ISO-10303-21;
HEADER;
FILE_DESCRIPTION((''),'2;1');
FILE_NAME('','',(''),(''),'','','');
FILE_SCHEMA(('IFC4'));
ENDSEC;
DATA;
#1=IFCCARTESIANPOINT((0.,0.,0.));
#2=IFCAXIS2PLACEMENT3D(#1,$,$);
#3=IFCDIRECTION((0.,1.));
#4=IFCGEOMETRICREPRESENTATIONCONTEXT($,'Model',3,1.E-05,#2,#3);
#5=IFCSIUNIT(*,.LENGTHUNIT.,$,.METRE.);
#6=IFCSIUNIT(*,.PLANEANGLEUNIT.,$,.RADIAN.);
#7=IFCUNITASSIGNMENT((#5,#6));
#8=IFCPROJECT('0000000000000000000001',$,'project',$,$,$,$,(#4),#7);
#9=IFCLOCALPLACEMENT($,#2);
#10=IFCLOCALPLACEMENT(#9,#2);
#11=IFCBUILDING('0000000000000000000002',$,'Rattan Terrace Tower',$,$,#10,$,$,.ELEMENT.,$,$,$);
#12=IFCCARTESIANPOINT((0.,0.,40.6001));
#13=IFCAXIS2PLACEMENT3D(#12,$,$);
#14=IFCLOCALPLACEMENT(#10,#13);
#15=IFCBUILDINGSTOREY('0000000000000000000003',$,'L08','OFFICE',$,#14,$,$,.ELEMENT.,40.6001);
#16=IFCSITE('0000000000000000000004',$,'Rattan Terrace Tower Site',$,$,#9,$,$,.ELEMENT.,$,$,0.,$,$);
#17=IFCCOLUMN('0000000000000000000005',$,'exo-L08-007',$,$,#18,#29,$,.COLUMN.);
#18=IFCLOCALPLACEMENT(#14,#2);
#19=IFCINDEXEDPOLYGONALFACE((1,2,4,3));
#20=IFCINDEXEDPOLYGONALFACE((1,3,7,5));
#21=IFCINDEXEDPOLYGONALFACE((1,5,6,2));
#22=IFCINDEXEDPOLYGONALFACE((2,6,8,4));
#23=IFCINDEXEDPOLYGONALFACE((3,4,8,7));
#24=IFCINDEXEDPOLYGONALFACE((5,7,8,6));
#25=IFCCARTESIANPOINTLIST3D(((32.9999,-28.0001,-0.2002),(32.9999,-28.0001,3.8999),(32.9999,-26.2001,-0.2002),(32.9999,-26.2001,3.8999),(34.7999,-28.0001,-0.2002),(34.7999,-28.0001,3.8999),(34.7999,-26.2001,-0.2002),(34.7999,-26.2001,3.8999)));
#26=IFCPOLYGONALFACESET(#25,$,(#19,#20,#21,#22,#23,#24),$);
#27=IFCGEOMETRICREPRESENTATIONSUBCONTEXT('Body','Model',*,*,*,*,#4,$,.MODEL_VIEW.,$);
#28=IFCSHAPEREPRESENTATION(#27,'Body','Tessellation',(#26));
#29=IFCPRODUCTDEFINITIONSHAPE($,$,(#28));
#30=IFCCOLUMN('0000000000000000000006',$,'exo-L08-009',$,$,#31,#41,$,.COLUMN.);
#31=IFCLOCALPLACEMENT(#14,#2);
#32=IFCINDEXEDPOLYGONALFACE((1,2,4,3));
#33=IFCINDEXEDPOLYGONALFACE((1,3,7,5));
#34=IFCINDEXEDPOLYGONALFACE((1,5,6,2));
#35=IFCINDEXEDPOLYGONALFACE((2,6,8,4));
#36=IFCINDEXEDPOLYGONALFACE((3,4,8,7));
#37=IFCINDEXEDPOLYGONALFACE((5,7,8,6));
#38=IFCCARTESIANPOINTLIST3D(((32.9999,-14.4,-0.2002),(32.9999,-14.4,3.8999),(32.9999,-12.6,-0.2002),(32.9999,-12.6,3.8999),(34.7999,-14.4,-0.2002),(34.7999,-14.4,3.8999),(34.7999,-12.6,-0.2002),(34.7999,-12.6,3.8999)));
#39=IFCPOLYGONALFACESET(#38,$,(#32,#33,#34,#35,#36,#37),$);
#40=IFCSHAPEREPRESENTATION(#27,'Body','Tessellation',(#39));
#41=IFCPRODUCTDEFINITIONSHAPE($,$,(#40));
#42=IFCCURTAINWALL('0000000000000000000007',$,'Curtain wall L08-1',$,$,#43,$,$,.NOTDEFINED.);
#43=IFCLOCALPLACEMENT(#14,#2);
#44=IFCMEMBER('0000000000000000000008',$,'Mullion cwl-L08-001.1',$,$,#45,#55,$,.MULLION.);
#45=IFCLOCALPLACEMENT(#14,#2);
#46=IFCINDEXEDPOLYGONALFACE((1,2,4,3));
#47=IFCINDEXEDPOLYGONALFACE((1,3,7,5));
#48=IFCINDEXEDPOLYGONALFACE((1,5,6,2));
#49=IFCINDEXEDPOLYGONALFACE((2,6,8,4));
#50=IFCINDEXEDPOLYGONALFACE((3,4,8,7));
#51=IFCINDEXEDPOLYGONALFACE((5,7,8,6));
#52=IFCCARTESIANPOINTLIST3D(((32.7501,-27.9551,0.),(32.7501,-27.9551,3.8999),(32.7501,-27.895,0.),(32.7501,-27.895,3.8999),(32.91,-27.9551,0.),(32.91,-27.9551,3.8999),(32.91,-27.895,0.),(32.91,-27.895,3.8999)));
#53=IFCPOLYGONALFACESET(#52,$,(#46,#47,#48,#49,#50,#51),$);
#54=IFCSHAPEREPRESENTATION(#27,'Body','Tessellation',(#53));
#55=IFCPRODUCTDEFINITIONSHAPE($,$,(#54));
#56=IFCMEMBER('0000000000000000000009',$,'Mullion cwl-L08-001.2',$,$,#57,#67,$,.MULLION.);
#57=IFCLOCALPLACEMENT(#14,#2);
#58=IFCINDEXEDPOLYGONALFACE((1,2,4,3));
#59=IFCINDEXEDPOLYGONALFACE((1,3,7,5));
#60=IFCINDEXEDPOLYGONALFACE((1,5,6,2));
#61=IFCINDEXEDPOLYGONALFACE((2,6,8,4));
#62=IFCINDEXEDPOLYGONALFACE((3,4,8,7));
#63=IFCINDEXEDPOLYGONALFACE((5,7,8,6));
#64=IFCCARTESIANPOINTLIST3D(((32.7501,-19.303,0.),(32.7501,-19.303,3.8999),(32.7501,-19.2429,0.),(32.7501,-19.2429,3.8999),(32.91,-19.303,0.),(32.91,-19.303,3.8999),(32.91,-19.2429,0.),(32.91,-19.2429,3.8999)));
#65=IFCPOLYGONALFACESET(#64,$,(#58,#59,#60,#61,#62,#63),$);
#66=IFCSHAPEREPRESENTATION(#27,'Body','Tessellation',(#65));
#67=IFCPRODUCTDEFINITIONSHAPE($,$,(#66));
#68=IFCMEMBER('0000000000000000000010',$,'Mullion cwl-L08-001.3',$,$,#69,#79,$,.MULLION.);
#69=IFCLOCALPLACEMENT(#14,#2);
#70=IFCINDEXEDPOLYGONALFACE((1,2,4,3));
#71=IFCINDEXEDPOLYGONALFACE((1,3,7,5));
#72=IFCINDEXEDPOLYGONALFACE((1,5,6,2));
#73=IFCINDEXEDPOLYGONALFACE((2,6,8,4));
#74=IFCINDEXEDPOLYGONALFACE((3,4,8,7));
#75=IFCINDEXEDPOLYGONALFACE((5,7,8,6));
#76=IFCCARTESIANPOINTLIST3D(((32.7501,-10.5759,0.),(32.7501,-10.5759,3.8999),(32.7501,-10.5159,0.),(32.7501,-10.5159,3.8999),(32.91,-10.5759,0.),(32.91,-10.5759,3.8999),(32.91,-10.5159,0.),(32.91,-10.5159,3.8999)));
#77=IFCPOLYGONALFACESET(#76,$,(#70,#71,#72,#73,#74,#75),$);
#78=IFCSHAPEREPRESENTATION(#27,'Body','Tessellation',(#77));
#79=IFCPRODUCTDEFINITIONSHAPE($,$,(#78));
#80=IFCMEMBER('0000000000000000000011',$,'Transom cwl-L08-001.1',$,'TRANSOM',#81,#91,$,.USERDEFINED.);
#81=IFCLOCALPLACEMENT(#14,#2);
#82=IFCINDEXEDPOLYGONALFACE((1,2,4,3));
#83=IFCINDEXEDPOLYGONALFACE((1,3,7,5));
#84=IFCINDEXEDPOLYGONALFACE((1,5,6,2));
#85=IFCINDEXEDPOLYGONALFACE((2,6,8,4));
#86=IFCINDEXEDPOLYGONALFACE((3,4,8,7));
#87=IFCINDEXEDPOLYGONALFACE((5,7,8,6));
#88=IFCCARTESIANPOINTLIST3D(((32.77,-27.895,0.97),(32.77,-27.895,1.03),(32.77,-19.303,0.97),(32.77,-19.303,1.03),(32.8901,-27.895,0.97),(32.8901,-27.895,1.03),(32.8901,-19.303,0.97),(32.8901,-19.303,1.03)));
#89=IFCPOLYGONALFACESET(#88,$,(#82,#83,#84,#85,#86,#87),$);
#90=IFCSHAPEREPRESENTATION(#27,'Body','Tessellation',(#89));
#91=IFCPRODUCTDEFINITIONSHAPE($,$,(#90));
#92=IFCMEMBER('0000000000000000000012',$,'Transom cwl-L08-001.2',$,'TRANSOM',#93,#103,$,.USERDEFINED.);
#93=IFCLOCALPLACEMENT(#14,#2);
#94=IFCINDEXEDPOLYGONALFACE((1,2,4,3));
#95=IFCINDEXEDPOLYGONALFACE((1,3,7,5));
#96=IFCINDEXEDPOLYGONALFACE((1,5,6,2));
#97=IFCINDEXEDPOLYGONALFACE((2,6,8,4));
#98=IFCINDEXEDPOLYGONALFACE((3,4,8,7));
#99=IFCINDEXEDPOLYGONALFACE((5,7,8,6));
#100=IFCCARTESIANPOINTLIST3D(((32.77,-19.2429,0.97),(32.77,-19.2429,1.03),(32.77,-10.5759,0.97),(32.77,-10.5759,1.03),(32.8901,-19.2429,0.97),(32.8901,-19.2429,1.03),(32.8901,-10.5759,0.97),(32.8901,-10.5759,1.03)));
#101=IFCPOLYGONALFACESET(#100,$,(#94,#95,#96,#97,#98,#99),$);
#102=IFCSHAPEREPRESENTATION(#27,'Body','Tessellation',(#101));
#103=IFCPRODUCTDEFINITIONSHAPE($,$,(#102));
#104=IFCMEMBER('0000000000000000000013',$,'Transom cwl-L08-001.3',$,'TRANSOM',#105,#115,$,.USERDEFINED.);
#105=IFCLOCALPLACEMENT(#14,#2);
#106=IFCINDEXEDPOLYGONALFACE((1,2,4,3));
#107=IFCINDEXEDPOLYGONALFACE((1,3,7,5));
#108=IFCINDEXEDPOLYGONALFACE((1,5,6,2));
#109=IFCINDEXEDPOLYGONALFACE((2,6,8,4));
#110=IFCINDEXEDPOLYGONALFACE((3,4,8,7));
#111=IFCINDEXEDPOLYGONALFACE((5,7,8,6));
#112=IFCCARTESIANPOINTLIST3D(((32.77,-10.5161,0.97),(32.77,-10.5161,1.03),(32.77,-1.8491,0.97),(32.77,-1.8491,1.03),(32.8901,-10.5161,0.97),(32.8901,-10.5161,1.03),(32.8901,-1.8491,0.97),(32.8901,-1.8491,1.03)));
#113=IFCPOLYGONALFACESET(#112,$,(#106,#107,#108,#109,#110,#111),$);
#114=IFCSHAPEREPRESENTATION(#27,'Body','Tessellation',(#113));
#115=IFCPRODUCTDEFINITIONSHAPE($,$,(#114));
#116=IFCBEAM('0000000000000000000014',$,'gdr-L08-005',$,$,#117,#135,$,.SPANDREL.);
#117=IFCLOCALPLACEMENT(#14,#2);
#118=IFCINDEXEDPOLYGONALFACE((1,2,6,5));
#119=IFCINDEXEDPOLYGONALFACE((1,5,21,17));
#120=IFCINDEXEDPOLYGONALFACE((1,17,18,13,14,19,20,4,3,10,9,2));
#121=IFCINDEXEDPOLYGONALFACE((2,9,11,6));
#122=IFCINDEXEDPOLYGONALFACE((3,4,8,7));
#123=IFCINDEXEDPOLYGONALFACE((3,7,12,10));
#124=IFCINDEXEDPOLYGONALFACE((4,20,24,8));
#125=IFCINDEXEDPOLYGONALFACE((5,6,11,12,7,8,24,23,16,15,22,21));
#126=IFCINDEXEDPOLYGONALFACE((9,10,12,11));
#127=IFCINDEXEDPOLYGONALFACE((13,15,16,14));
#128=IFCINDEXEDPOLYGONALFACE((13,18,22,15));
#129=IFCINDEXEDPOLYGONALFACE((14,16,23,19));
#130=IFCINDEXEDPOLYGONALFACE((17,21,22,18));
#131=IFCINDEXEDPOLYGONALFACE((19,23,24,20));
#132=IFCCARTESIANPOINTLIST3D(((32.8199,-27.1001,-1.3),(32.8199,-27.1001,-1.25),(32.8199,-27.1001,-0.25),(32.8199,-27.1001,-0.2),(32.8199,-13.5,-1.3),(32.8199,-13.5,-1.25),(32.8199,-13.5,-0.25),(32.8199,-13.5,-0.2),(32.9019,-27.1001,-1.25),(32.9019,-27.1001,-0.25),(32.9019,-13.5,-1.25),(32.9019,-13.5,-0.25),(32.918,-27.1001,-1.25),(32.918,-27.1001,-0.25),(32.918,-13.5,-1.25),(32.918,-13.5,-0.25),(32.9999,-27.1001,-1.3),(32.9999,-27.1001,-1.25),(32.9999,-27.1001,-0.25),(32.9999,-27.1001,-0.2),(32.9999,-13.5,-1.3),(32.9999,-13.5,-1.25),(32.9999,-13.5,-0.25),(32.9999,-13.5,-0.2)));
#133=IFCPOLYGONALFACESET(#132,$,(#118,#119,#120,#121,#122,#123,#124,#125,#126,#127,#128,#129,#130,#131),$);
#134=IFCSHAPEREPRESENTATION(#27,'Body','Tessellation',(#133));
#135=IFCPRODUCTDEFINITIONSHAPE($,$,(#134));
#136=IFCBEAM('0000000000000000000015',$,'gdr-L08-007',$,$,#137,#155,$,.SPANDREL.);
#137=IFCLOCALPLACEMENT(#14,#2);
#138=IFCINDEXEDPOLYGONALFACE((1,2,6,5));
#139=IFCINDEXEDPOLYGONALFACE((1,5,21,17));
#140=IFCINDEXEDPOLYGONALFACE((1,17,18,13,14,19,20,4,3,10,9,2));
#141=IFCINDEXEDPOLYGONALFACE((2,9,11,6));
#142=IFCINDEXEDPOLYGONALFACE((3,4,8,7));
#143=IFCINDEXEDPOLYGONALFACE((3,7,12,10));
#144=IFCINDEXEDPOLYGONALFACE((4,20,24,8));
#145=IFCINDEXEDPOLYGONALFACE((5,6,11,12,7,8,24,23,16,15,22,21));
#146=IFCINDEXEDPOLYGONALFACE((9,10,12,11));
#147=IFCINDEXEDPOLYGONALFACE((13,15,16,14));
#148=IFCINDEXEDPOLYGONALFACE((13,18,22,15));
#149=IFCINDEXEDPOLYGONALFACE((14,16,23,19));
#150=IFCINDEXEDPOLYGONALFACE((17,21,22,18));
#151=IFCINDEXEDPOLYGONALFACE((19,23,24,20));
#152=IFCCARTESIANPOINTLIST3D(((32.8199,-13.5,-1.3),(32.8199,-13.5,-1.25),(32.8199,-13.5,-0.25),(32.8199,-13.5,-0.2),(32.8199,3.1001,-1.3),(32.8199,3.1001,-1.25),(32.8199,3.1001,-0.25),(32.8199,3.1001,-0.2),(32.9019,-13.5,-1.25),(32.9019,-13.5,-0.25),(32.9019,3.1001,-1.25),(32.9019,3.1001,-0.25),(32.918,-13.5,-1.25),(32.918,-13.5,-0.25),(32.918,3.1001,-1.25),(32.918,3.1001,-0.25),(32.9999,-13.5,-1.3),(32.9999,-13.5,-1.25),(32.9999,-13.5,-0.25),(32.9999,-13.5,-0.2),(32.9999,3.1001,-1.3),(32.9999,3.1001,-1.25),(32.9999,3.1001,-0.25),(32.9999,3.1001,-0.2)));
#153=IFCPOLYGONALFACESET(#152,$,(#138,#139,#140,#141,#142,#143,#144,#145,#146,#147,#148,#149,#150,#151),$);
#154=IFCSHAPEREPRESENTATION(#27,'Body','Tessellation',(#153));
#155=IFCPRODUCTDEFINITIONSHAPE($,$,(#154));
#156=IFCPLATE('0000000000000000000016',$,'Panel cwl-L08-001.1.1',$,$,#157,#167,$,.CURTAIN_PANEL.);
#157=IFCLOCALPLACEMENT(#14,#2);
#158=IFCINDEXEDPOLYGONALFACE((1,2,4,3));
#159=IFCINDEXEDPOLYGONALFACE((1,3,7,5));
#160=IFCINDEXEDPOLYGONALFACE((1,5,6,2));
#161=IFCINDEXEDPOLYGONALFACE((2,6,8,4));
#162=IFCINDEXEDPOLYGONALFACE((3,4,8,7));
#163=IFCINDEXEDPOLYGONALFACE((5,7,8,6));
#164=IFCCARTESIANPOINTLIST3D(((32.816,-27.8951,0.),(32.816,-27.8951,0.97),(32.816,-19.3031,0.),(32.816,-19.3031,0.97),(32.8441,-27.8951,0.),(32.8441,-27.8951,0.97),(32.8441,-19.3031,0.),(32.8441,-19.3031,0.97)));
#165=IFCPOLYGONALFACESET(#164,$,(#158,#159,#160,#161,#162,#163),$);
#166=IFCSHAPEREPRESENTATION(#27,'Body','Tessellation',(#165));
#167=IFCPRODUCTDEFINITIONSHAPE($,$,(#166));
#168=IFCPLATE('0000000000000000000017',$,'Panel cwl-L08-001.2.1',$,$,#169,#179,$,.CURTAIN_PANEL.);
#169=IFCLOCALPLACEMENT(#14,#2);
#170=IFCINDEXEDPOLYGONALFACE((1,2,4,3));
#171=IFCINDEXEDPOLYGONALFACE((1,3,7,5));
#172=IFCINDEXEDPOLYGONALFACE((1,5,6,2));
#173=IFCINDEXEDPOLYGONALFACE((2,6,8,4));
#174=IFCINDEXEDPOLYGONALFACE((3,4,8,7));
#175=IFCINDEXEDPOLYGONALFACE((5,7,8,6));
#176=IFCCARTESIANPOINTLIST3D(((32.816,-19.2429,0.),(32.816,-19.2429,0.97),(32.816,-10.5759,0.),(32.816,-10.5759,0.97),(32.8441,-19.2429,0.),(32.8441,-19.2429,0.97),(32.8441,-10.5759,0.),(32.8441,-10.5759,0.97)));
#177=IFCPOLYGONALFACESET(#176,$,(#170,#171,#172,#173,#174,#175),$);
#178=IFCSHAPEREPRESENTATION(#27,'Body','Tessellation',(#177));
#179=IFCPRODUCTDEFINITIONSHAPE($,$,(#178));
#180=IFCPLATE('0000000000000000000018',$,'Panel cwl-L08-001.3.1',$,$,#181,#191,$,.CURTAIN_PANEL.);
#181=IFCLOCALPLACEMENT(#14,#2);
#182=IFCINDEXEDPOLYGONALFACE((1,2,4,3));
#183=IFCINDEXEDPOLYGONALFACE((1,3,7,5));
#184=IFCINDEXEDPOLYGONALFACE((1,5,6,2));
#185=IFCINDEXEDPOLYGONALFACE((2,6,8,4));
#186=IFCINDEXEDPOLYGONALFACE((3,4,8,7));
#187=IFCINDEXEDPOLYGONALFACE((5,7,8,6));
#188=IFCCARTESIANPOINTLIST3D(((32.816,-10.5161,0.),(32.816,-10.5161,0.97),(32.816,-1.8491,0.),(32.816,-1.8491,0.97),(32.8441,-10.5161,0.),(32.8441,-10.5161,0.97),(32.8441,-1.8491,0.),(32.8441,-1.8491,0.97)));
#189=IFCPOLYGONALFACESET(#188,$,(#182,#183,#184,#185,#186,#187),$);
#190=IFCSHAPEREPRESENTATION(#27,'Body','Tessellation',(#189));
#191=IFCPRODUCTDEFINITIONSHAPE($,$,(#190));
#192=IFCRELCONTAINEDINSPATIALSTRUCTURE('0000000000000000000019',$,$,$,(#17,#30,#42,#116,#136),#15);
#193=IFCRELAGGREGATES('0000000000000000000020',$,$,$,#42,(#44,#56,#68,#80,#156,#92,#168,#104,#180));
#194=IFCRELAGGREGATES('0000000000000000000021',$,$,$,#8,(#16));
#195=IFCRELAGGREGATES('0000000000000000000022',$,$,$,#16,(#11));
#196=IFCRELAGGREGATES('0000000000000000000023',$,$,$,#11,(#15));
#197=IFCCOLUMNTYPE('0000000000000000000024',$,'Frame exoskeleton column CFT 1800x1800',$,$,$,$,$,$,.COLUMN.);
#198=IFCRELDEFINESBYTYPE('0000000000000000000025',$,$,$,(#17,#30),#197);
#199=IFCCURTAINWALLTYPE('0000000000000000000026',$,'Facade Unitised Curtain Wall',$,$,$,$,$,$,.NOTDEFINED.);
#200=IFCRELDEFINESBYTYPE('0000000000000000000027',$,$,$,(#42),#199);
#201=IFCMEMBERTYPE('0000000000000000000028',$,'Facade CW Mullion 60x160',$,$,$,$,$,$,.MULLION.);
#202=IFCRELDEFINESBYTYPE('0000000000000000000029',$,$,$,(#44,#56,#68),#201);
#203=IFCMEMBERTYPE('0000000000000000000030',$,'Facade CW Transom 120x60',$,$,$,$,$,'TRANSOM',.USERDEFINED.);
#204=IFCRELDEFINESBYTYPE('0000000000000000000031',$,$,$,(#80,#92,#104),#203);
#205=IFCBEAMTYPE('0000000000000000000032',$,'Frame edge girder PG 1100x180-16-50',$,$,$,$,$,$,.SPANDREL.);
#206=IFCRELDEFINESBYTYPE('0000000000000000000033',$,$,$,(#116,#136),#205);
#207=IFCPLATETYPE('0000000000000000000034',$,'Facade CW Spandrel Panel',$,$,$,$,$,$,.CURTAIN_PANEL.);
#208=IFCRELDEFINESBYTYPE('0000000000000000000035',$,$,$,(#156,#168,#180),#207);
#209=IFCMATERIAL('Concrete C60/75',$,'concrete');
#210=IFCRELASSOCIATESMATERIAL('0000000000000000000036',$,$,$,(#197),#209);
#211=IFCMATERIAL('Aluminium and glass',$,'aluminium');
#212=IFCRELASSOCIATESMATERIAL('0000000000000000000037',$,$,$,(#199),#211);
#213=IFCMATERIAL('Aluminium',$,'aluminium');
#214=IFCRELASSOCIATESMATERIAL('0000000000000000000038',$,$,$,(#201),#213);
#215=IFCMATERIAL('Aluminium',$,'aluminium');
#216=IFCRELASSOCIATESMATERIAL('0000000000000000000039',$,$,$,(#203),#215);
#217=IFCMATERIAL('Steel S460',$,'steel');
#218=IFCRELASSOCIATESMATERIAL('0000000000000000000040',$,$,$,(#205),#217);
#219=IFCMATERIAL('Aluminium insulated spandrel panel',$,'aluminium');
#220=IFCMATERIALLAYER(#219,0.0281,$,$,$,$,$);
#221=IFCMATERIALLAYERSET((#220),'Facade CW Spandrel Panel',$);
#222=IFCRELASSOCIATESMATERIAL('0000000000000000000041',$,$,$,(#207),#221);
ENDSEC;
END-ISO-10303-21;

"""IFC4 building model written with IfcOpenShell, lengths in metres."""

from ifc_helpers import new_model, si_unit, direction, frame, origin, origin_2d, place, context, subcontext, project, spatial, rectangle, i_section, extrude, material, layer, layer_set, material_profile, profile_set, type_object, element, aggregate, save


model = new_model("IFC4")

# Units and contexts
model_context = context("Model", 3, precision=1e-05, world=origin(), true_north=direction((0.0, 1.0)))
body_context = subcontext(model_context, "Body", "Model", "MODEL_VIEW")
ifc_project = project(units=[si_unit("LENGTHUNIT", "METRE"), si_unit("PLANEANGLEUNIT", "RADIAN")], contexts=[model_context])

# Site, building, storey
site_placement = place(None, origin())
site = spatial("IfcSite", under=ifc_project, at=site_placement, Name="Rattan Terrace Tower Site", CompositionType="ELEMENT", RefElevation=0.0)
building_placement = place(site_placement, origin())
building = spatial("IfcBuilding", under=site, at=building_placement, Name="Rattan Terrace Tower", CompositionType="ELEMENT")
storey_placement = place(building_placement, frame((0.0, 0.0, 40.6001)))
storey = spatial("IfcBuildingStorey", under=building, at=storey_placement, Name="L08", Description="OFFICE", CompositionType="ELEMENT", Elevation=40.6001)

# Columns
ifc_material_1 = material(Name="Concrete C60/75", Category="concrete")
ifc_material_profile_1 = material_profile(ifc_material_1, rectangle(XDim=1.8, YDim=1.8, at=origin_2d()), Name="CFT 1800x1800")
ifc_profile_set_1 = profile_set([ifc_material_profile_1], Name="Concrete C60/75")
column_type = type_object("IfcColumnType", Name="Frame exoskeleton column CFT 1800x1800", PredefinedType="COLUMN", material=ifc_profile_set_1)
for number, where, z_axis, x_axis, name in (
    (1, (33.8999, -27.1001, -0.2002), (0.0, 0.0, 1.0), (0.0, 1.0, 0.0), "exo-L08-007"),
    (2, (33.8999, -13.5, -0.2002), (0.0, 0.0, 1.0), (0.0, 1.0, 0.0), "exo-L08-009"),
):
    element("IfcColumn", number, at=place(storey_placement, frame(where, z_axis=z_axis, x_axis=x_axis)), inside=storey, type_object=column_type, Name=name, PredefinedType="COLUMN", context=body_context, shape_type="SweptSolid", body=[
        extrude(rectangle(XDim=1.8, YDim=1.8, at=origin_2d()), origin(), (0.0, 0.0, 1.0), 4.1001),
    ])

# Curtain wall, members
ifc_material_2 = material(Name="Aluminium and glass", Category="aluminium")
curtain_wall_type = type_object("IfcCurtainWallType", Name="Facade Unitised Curtain Wall", PredefinedType="NOTDEFINED", material=ifc_material_2)
curtain_wall_placement = place(storey_placement, origin())
curtain_wall = element("IfcCurtainWall", 3, at=curtain_wall_placement, inside=storey, type_object=curtain_wall_type, Name="Curtain wall L08-1", PredefinedType="NOTDEFINED")
ifc_material_3 = material(Name="Aluminium", Category="aluminium")
ifc_material_profile_2 = material_profile(ifc_material_3, rectangle(XDim=0.0601, YDim=0.1599, at=origin_2d()), Name="Aluminium 60x160")
ifc_profile_set_2 = profile_set([ifc_material_profile_2], Name="Aluminium")
member_type_1 = type_object("IfcMemberType", Name="Facade CW Mullion 60x160", PredefinedType="MULLION", material=ifc_profile_set_2)
member_1_placement = place(storey_placement, frame((32.8301, -27.925, 0.0), z_axis=(0.0, 0.0, 1.0), x_axis=(0.0, 1.0, 0.0)))
member_1 = element("IfcMember", 4, at=member_1_placement, type_object=member_type_1, Name="Mullion cwl-L08-001.1", PredefinedType="MULLION", context=body_context, shape_type="SweptSolid", body=[
    extrude(rectangle(XDim=0.0601, YDim=0.1599, at=origin_2d()), origin(), (0.0, 0.0, 1.0), 3.8999),
])
member_2_placement = place(storey_placement, frame((32.8301, -19.2729, 0.0), z_axis=(0.0, 0.0, 1.0), x_axis=(0.0, 1.0, 0.0)))
member_2 = element("IfcMember", 5, at=member_2_placement, type_object=member_type_1, Name="Mullion cwl-L08-001.2", PredefinedType="MULLION", context=body_context, shape_type="SweptSolid", body=[
    extrude(rectangle(XDim=0.0601, YDim=0.1599, at=origin_2d()), origin(), (0.0, 0.0, 1.0), 3.8999),
])
member_3_placement = place(storey_placement, frame((32.8301, -10.5459, 0.0), z_axis=(0.0, 0.0, 1.0), x_axis=(0.0, 1.0, 0.0)))
member_3 = element("IfcMember", 6, at=member_3_placement, type_object=member_type_1, Name="Mullion cwl-L08-001.3", PredefinedType="MULLION", context=body_context, shape_type="SweptSolid", body=[
    extrude(rectangle(XDim=0.0601, YDim=0.1599, at=origin_2d()), origin(), (0.0, 0.0, 1.0), 3.8999),
])
ifc_material_4 = material(Name="Aluminium", Category="aluminium")
ifc_material_profile_3 = material_profile(ifc_material_4, rectangle(XDim=0.1201, YDim=0.0601, at=origin_2d()), Name="Aluminium 120x60")
ifc_profile_set_3 = profile_set([ifc_material_profile_3], Name="Aluminium")
member_type_2 = type_object("IfcMemberType", Name="Facade CW Transom 120x60", ElementType="TRANSOM", PredefinedType="USERDEFINED", material=ifc_profile_set_3)
member_4_placement = place(storey_placement, frame((32.8301, -27.895, 1.0), z_axis=(0.0, 1.0, 0.0), x_axis=(-1.0, 0.0, 0.0)))
member_4 = element("IfcMember", 7, at=member_4_placement, type_object=member_type_2, Name="Transom cwl-L08-001.1", ObjectType="TRANSOM", PredefinedType="USERDEFINED", context=body_context, shape_type="SweptSolid", body=[
    extrude(rectangle(XDim=0.1201, YDim=0.0601, at=origin_2d()), origin(), (0.0, 0.0, 1.0), 8.592),
])
member_5_placement = place(storey_placement, frame((32.8301, -19.2429, 1.0), z_axis=(0.0, 1.0, 0.0), x_axis=(-1.0, 0.0, 0.0)))
member_5 = element("IfcMember", 8, at=member_5_placement, type_object=member_type_2, Name="Transom cwl-L08-001.2", ObjectType="TRANSOM", PredefinedType="USERDEFINED", context=body_context, shape_type="SweptSolid", body=[
    extrude(rectangle(XDim=0.1201, YDim=0.0601, at=origin_2d()), origin(), (0.0, 0.0, 1.0), 8.667),
])
member_6_placement = place(storey_placement, frame((32.8301, -10.5161, 1.0), z_axis=(0.0, 1.0, 0.0), x_axis=(-1.0, 0.0, 0.0)))
member_6 = element("IfcMember", 9, at=member_6_placement, type_object=member_type_2, Name="Transom cwl-L08-001.3", ObjectType="TRANSOM", PredefinedType="USERDEFINED", context=body_context, shape_type="SweptSolid", body=[
    extrude(rectangle(XDim=0.1201, YDim=0.0601, at=origin_2d()), origin(), (0.0, 0.0, 1.0), 8.667),
])

# Beams
ifc_material_5 = material(Name="Steel S460", Category="steel")
ifc_material_profile_4 = material_profile(ifc_material_5, i_section(OverallWidth=0.1799, OverallDepth=1.1001, WebThickness=0.0161, FlangeThickness=0.05, at=origin_2d()), Name="PG 1100x180-16-50")
ifc_profile_set_4 = profile_set([ifc_material_profile_4], Name="Steel S460")
beam_type = type_object("IfcBeamType", Name="Frame edge girder PG 1100x180-16-50", PredefinedType="SPANDREL", material=ifc_profile_set_4)
beam_1_placement = place(storey_placement, frame((32.9099, -27.1001, -0.75), z_axis=(0.0, 1.0, 0.0), x_axis=(-1.0, 0.0, 0.0)))
element("IfcBeam", 10, at=beam_1_placement, inside=storey, type_object=beam_type, Name="gdr-L08-005", PredefinedType="SPANDREL", context=body_context, shape_type="SweptSolid", body=[
    extrude(i_section(OverallWidth=0.1799, OverallDepth=1.1001, WebThickness=0.0161, FlangeThickness=0.05, at=origin_2d()), origin(), (0.0, 0.0, 1.0), 13.6001),
])
beam_2_placement = place(storey_placement, frame((32.9099, -13.5, -0.75), z_axis=(0.0, 1.0, 0.0), x_axis=(-1.0, 0.0, 0.0)))
element("IfcBeam", 11, at=beam_2_placement, inside=storey, type_object=beam_type, Name="gdr-L08-007", PredefinedType="SPANDREL", context=body_context, shape_type="SweptSolid", body=[
    extrude(i_section(OverallWidth=0.1799, OverallDepth=1.1001, WebThickness=0.0161, FlangeThickness=0.05, at=origin_2d()), origin(), (0.0, 0.0, 1.0), 16.6001),
])

# Plates
ifc_material_6 = material(Name="Aluminium insulated spandrel panel", Category="aluminium")
ifc_layer_1 = layer(ifc_material_6, 0.0281)
ifc_layer_set_1 = layer_set([ifc_layer_1], Name="Facade CW Spandrel Panel")
plate_type_1 = type_object("IfcPlateType", Name="Facade CW Spandrel Panel", PredefinedType="CURTAIN_PANEL", material=ifc_layer_set_1)
plate_1_placement = place(storey_placement, frame((32.8301, -23.5991, 0.0), z_axis=(0.0, 0.0, 1.0), x_axis=(0.0, 1.0, 0.0)))
plate_1 = element("IfcPlate", 12, at=plate_1_placement, type_object=plate_type_1, Name="Panel cwl-L08-001.1.1", PredefinedType="CURTAIN_PANEL", context=body_context, shape_type="SweptSolid", body=[
    extrude(rectangle(XDim=8.592, YDim=0.0281, at=origin_2d()), origin(), (0.0, 0.0, 1.0), 0.97),
])
plate_2_placement = place(storey_placement, frame((32.8301, -14.9094, 0.0), z_axis=(0.0, 0.0, 1.0), x_axis=(0.0, 1.0, 0.0)))
plate_2 = element("IfcPlate", 13, at=plate_2_placement, type_object=plate_type_1, Name="Panel cwl-L08-001.2.1", PredefinedType="CURTAIN_PANEL", context=body_context, shape_type="SweptSolid", body=[
    extrude(rectangle(XDim=8.667, YDim=0.0281, at=origin_2d()), origin(), (0.0, 0.0, 1.0), 0.97),
])
plate_3_placement = place(storey_placement, frame((32.8301, -6.1826, 0.0), z_axis=(0.0, 0.0, 1.0), x_axis=(0.0, 1.0, 0.0)))
plate_3 = element("IfcPlate", 14, at=plate_3_placement, type_object=plate_type_1, Name="Panel cwl-L08-001.3.1", PredefinedType="CURTAIN_PANEL", context=body_context, shape_type="SweptSolid", body=[
    extrude(rectangle(XDim=8.667, YDim=0.0281, at=origin_2d()), origin(), (0.0, 0.0, 1.0), 0.97),
])
aggregate(curtain_wall, [member_1, member_2, member_3, member_4, plate_1, member_5, plate_2, member_6, plate_3])

save(model, "model.ifc")
